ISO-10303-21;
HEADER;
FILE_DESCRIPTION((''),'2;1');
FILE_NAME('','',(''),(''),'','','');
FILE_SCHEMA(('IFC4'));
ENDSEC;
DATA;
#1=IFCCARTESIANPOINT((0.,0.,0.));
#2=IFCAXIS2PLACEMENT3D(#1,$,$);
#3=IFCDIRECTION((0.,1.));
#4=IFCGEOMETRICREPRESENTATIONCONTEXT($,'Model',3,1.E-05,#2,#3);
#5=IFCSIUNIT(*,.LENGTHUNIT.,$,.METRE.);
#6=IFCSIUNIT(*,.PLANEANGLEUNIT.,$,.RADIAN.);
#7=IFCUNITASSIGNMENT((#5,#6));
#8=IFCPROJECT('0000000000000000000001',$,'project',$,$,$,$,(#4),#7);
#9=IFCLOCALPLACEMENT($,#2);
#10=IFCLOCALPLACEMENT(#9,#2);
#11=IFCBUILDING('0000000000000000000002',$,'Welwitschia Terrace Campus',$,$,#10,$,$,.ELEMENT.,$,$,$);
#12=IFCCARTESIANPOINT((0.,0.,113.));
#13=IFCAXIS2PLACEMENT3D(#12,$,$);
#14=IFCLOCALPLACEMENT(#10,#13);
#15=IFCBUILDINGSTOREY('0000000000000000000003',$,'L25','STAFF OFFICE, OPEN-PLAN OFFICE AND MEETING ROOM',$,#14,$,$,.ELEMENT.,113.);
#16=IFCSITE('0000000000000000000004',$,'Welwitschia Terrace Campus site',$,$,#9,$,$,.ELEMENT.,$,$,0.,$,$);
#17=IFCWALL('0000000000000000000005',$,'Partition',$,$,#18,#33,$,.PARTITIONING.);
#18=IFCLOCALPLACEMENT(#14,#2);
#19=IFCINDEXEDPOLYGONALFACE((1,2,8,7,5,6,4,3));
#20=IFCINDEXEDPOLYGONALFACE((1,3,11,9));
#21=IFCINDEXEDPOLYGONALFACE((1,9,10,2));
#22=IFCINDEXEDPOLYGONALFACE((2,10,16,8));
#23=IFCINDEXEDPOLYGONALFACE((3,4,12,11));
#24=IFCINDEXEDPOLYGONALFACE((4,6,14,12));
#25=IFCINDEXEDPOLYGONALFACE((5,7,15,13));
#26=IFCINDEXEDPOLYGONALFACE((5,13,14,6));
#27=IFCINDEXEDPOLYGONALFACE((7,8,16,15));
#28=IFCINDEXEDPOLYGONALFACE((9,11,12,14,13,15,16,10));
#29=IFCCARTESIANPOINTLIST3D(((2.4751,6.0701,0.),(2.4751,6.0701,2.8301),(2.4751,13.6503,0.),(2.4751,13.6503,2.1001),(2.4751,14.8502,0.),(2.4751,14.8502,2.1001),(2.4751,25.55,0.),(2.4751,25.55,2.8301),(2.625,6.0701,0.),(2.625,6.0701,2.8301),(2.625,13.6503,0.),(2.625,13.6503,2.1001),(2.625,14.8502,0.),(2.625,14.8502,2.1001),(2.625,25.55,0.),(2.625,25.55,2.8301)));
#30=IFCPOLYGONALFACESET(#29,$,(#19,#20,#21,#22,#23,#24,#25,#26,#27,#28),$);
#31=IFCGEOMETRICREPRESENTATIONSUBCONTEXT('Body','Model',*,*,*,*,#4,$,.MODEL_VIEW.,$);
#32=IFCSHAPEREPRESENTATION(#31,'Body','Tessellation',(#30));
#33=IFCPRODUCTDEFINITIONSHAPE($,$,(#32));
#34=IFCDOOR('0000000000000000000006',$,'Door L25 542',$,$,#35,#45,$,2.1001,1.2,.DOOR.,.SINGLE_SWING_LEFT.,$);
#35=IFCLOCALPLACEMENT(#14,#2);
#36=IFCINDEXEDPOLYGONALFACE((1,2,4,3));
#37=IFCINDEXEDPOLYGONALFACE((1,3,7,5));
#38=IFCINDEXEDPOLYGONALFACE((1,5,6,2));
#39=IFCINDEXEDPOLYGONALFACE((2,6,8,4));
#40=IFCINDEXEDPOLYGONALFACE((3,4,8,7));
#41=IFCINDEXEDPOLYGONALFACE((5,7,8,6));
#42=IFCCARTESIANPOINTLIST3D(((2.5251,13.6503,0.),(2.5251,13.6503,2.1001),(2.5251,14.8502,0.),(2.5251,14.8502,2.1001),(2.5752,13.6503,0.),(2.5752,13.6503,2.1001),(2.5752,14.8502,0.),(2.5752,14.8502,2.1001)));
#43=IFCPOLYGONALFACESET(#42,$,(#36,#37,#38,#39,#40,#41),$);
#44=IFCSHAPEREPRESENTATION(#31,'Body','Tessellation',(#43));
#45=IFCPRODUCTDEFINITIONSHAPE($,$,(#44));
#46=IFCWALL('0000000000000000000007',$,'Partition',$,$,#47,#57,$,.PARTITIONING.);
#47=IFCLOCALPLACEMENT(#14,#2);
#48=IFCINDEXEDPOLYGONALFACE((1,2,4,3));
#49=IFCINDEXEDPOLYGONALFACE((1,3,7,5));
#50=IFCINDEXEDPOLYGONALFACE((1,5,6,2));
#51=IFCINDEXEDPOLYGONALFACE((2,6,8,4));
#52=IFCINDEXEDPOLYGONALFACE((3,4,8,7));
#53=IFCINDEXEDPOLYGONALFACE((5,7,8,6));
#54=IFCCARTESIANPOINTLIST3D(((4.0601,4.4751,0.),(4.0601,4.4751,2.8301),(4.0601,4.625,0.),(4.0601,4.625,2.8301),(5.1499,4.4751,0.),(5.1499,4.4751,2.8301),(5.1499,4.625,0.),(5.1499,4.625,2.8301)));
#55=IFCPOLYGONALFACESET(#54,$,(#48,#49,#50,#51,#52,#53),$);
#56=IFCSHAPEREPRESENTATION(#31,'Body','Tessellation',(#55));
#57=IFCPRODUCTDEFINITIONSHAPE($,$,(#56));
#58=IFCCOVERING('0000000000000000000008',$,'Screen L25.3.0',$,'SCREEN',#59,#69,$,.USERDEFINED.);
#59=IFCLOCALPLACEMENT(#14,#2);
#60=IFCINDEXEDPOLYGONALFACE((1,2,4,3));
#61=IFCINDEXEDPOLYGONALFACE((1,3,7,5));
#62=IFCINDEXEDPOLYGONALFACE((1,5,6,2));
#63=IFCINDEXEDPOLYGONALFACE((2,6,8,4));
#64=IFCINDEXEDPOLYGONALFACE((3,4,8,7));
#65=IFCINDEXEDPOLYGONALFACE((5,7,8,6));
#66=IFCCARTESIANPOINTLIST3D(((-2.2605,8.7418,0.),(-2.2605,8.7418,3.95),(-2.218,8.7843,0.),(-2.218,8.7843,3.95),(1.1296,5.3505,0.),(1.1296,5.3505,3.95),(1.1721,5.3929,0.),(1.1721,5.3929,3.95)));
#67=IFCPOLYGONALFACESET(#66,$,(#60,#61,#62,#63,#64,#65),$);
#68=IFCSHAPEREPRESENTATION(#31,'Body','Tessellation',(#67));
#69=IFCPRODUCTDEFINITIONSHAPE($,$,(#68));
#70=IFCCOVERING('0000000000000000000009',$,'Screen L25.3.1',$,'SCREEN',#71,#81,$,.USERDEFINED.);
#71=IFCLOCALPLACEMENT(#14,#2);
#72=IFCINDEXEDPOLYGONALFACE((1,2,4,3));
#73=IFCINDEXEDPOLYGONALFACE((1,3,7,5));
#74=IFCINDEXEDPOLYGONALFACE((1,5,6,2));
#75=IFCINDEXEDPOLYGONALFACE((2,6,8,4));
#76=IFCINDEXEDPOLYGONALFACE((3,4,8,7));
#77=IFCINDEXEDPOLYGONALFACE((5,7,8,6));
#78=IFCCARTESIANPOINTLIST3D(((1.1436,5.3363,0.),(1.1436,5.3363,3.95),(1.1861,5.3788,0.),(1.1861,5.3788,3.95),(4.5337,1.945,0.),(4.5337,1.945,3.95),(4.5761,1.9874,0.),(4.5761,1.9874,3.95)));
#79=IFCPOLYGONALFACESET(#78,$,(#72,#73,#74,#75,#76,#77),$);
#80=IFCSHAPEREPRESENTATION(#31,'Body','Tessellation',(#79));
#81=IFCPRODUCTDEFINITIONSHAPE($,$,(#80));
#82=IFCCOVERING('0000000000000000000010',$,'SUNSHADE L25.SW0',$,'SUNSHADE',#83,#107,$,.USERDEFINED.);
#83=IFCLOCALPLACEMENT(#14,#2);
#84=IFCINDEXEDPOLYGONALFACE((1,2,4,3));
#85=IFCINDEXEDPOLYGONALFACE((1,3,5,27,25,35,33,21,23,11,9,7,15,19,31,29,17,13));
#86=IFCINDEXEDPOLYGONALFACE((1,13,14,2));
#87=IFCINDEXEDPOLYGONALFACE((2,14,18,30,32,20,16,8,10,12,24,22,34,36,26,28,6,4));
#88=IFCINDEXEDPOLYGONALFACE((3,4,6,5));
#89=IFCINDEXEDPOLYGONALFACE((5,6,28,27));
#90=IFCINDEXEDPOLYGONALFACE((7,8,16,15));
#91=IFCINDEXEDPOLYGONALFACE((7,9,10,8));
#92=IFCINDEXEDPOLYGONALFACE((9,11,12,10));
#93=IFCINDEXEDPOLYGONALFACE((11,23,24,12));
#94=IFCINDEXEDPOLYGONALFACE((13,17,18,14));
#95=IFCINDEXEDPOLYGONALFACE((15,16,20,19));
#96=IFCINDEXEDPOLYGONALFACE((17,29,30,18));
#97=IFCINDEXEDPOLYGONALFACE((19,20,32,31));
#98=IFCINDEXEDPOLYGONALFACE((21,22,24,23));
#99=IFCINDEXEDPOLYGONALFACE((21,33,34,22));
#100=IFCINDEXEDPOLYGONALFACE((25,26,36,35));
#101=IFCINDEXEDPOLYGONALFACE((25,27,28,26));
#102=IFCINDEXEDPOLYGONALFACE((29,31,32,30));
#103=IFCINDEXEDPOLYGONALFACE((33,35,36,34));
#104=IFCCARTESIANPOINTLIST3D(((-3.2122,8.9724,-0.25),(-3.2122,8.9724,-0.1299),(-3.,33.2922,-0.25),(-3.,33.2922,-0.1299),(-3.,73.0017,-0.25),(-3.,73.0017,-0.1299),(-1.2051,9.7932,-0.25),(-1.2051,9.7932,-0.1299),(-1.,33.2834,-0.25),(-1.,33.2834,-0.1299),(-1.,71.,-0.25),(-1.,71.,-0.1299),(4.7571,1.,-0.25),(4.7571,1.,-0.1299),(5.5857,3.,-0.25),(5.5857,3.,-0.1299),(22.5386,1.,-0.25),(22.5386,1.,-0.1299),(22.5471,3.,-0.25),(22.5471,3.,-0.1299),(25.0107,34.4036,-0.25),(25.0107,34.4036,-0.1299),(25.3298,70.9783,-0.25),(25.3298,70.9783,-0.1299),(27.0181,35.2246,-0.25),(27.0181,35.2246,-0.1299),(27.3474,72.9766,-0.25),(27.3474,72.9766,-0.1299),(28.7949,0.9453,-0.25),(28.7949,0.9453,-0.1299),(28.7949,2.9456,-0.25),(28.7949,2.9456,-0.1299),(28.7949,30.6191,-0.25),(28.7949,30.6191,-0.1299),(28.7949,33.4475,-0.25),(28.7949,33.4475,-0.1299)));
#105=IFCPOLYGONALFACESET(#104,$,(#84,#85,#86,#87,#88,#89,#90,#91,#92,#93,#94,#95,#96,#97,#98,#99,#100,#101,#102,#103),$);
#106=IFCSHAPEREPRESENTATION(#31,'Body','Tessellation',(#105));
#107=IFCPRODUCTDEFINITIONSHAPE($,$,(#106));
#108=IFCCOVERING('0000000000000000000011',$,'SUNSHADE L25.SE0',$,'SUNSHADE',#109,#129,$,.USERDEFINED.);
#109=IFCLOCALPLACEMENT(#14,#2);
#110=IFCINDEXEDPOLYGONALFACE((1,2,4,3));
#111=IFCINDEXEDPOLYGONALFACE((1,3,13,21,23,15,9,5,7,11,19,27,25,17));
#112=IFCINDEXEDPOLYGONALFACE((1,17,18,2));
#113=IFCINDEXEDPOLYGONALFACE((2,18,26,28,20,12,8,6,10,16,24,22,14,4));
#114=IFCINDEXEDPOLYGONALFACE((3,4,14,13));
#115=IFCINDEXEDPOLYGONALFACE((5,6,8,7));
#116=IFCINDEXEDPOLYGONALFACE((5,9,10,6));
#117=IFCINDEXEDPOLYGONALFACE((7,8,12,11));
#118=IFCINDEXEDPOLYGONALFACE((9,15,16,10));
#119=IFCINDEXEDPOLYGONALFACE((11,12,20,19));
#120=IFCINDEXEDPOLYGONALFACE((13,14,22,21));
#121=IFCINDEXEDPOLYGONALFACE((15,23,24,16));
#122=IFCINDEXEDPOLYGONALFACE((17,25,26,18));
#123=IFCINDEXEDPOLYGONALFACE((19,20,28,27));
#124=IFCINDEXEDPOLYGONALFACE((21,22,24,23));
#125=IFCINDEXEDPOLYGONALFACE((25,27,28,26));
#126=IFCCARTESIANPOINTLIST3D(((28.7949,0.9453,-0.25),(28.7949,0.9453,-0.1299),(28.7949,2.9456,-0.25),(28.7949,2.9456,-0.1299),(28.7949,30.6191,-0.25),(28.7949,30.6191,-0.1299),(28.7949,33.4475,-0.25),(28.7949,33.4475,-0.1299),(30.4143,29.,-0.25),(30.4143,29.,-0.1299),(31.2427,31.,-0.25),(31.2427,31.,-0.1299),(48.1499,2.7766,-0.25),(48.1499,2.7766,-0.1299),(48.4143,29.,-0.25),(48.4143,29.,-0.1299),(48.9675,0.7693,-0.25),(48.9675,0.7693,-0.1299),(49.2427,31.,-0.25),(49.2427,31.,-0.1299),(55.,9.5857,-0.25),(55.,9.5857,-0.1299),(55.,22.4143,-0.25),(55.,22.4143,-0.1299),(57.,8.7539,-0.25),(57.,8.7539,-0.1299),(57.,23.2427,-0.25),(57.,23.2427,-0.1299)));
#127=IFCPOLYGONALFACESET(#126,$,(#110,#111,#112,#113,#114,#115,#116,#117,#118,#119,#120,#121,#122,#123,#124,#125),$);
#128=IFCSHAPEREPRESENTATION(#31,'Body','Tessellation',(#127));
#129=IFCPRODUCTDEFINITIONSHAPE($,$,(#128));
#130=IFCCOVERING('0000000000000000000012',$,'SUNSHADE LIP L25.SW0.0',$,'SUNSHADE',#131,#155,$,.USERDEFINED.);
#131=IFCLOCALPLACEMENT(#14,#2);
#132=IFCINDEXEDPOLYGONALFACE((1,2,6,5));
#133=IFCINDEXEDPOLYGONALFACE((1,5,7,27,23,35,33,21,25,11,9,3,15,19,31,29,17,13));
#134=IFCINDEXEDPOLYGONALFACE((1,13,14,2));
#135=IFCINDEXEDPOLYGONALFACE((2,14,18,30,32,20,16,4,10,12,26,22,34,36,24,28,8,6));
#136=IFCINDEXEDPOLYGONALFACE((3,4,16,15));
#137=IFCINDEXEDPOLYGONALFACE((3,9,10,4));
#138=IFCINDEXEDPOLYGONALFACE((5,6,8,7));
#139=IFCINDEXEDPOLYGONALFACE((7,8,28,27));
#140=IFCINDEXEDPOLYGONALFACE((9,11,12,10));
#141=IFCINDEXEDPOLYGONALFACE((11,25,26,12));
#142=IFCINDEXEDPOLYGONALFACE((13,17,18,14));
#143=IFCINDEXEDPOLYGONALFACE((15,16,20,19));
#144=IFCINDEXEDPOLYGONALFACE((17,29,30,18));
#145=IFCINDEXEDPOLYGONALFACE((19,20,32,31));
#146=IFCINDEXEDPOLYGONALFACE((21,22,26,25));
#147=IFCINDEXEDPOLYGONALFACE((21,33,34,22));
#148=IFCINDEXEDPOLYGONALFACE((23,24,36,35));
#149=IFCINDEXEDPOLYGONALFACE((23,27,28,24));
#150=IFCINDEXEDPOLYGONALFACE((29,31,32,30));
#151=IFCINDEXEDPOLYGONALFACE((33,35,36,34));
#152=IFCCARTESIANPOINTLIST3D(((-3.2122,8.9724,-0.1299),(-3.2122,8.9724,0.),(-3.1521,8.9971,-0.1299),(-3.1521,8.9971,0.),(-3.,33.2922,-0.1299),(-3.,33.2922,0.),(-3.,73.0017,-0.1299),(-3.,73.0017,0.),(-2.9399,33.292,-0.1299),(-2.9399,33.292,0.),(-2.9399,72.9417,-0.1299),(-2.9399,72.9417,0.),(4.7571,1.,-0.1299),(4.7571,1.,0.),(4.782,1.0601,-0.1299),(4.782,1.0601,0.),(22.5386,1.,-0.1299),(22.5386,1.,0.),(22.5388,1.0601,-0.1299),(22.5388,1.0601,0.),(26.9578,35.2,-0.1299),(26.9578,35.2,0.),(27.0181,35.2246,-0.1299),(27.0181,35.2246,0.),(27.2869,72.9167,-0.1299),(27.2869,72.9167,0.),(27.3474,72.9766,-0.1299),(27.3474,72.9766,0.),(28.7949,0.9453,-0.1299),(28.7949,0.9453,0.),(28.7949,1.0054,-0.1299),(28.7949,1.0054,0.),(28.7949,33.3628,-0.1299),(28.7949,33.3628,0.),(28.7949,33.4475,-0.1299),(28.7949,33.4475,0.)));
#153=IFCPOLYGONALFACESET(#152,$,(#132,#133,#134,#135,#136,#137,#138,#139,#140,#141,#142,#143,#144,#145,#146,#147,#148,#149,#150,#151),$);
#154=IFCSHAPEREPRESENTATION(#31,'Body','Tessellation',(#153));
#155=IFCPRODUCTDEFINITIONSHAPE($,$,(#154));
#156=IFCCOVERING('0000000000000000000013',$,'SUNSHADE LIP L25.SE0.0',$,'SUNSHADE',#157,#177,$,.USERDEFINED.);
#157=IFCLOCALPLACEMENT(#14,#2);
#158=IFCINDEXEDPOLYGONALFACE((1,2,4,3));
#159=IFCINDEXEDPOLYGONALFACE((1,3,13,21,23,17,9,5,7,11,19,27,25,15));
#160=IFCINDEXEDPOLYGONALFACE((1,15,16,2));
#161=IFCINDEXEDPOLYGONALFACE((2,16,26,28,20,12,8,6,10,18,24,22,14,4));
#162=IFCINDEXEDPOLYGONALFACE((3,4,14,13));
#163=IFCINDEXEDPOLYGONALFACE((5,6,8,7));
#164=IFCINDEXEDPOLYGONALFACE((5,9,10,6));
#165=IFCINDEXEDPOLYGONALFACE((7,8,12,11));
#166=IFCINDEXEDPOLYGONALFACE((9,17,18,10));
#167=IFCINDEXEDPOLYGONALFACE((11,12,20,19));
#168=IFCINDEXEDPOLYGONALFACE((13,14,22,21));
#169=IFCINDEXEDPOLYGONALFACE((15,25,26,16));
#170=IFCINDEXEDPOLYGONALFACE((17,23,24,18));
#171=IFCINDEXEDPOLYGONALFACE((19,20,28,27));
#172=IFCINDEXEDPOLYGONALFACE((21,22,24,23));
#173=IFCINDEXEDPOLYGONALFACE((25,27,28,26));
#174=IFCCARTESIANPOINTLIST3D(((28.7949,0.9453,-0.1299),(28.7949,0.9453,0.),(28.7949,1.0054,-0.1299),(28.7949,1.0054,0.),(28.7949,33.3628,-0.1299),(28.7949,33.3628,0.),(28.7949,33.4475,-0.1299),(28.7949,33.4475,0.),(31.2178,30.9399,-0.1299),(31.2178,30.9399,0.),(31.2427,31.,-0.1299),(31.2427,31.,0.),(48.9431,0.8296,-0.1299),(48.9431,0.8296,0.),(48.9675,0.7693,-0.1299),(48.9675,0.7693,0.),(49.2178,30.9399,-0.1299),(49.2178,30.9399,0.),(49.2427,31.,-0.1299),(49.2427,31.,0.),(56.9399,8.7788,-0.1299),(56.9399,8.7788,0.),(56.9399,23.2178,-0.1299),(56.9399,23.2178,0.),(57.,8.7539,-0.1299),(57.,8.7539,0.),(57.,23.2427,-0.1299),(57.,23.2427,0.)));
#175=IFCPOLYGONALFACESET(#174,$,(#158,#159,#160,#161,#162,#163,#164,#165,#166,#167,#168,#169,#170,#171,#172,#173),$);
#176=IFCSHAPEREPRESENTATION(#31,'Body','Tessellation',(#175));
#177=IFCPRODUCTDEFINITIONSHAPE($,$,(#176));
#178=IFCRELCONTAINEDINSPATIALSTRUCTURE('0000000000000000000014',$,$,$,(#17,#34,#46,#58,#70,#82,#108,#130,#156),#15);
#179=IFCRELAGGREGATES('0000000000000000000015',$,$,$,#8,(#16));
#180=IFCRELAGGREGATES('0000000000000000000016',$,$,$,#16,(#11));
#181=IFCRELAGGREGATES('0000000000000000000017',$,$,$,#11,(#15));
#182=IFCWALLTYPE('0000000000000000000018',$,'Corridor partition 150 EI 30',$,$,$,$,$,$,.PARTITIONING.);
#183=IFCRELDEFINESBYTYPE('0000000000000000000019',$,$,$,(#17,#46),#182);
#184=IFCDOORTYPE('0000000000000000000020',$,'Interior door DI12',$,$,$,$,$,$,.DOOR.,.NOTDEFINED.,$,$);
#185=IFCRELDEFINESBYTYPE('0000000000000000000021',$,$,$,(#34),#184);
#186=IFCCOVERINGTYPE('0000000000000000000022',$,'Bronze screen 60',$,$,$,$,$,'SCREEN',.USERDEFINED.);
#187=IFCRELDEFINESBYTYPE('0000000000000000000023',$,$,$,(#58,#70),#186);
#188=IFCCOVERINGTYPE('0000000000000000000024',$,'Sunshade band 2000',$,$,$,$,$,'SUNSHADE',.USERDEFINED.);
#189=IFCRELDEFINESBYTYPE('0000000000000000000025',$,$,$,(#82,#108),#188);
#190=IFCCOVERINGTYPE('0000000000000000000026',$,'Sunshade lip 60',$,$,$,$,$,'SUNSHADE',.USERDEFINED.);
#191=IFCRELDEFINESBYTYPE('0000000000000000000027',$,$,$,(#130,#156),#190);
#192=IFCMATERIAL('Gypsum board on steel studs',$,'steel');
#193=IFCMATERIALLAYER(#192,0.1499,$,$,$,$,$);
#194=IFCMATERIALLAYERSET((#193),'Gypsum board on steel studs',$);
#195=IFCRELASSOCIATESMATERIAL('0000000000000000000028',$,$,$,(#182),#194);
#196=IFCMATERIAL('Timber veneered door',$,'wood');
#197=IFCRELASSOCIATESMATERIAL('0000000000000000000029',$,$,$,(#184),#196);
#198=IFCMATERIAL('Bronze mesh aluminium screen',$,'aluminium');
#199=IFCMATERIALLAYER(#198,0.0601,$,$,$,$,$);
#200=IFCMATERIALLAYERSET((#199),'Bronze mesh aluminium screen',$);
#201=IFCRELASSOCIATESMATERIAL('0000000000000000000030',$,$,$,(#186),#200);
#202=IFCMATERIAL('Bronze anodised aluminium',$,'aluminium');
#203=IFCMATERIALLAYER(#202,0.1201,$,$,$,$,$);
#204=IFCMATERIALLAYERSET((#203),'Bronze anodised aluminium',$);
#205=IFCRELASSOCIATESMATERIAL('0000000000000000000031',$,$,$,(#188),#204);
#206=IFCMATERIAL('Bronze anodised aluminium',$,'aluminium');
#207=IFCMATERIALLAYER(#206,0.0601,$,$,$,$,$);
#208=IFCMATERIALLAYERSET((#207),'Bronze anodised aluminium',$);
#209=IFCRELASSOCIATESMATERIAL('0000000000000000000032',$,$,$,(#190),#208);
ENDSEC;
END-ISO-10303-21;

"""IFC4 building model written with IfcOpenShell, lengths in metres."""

from ifc_helpers import new_model, si_unit, direction, frame, frame_2d, origin, origin_2d, place, context, subcontext, project, spatial, polyline, rectangle, outline, extrude, material, layer, layer_set, type_object, element, fill, save


model = new_model("IFC4")

# Units and contexts
model_context = context("Model", 3, precision=1e-05, world=origin(), true_north=direction((0.0, 1.0)))
body_context = subcontext(model_context, "Body", "Model", "MODEL_VIEW")
ifc_project = project(units=[si_unit("LENGTHUNIT", "METRE"), si_unit("PLANEANGLEUNIT", "RADIAN")], contexts=[model_context])

# Site, building, storey
site_placement = place(None, origin())
site = spatial("IfcSite", under=ifc_project, at=site_placement, Name="Welwitschia Terrace Campus site", CompositionType="ELEMENT", RefElevation=0.0)
building_placement = place(site_placement, origin())
building = spatial("IfcBuilding", under=site, at=building_placement, Name="Welwitschia Terrace Campus", CompositionType="ELEMENT")
storey_placement = place(building_placement, frame((0.0, 0.0, 113.0)))
storey = spatial("IfcBuildingStorey", under=building, at=storey_placement, Name="L25", Description="STAFF OFFICE, OPEN-PLAN OFFICE AND MEETING ROOM", CompositionType="ELEMENT", Elevation=113.0)

# Wall, opening, door
ifc_material_1 = material(Name="Gypsum board on steel studs", Category="steel")
ifc_layer_1 = layer(ifc_material_1, 0.1499)
ifc_layer_set_1 = layer_set([ifc_layer_1], Name="Gypsum board on steel studs")
wall_type_1 = type_object("IfcWallType", Name="Corridor partition 150 EI 30", PredefinedType="PARTITIONING", material=ifc_layer_set_1)
wall_1_placement = place(storey_placement, frame((2.55, 6.0701, 0.0), z_axis=(0.0, 0.0, 1.0), x_axis=(0.0, 1.0, 0.0)))
wall_1 = element("IfcWall", 1, at=wall_1_placement, inside=storey, type_object=wall_type_1, Name="Partition", PredefinedType="PARTITIONING", context=body_context, shape_type="SweptSolid", body=[
    extrude(rectangle(XDim=19.48, YDim=0.1499, at=frame_2d((9.74, 0.0))), origin(), (0.0, 0.0, 1.0), 2.8301),
])
opening_1_placement = place(wall_1_placement, frame((7.5801, 0.0, 0.0)))
opening_1 = element("IfcOpeningElement", 2, at=opening_1_placement, cuts=wall_1, PredefinedType="OPENING", context=body_context, shape_type="SweptSolid", body=[
    extrude(rectangle(XDim=1.2, YDim=2.1001, at=frame_2d((0.6001, 1.05))), frame((0.0, 0.085, 0.0), z_axis=(0.0, -1.0, 0.0), x_axis=(1.0, 0.0, 0.0)), (0.0, 0.0, 1.0), 0.1699),
])
ifc_material_2 = material(Name="Timber veneered door", Category="wood")
door_type_1 = type_object("IfcDoorType", Name="Interior door DI12", OperationType="NOTDEFINED", PredefinedType="DOOR", material=ifc_material_2)
door_1_placement = place(opening_1_placement, origin())
door_1 = element("IfcDoor", 3, at=door_1_placement, inside=storey, type_object=door_type_1, Name="Door L25 542", OperationType="SINGLE_SWING_LEFT", OverallHeight=2.1001, OverallWidth=1.2, PredefinedType="DOOR", context=body_context, shape_type="SweptSolid", body=[
    extrude(rectangle(XDim=1.2, YDim=2.1001, at=frame_2d((0.6001, 1.05))), frame((0.0, 0.0249, 0.0), z_axis=(0.0, -1.0, 0.0), x_axis=(1.0, 0.0, 0.0)), (0.0, 0.0, 1.0), 0.05),
])
fill(opening_1, door_1)

# Wall
wall_2_placement = place(storey_placement, frame((4.0601, 4.55, 0.0), z_axis=(0.0, 0.0, 1.0), x_axis=(1.0, 0.0, 0.0)))
element("IfcWall", 4, at=wall_2_placement, inside=storey, type_object=wall_type_1, Name="Partition", PredefinedType="PARTITIONING", context=body_context, shape_type="SweptSolid", body=[
    extrude(rectangle(XDim=1.0898, YDim=0.1499, at=frame_2d((0.5449, 0.0))), origin(), (0.0, 0.0, 1.0), 2.8301),
])

# Coverings
ifc_material_3 = material(Name="Bronze mesh aluminium screen", Category="aluminium")
ifc_layer_2 = layer(ifc_material_3, 0.0601)
ifc_layer_set_2 = layer_set([ifc_layer_2], Name="Bronze mesh aluminium screen")
covering_type_1 = type_object("IfcCoveringType", Name="Bronze screen 60", ElementType="SCREEN", PredefinedType="USERDEFINED", material=ifc_layer_set_2)
for number, where, z_axis, x_axis, name in (
    (5, (-0.5442, 7.0674, 0.0), (0.0, 0.0, 1.0), (0.706975, -0.707239, 0.0), "Screen L25.3.0"),
    (6, (2.8599, 3.6619, 0.0), (0.0, 0.0, 1.0), (0.706975, -0.707239, 0.0), "Screen L25.3.1"),
):
    element("IfcCovering", number, at=place(storey_placement, frame(where, z_axis=z_axis, x_axis=x_axis)), inside=storey, type_object=covering_type_1, Name=name, ObjectType="SCREEN", PredefinedType="USERDEFINED", context=body_context, shape_type="SweptSolid", body=[
        extrude(rectangle(XDim=4.7952, YDim=0.0601, at=origin_2d()), origin(), (0.0, 0.0, 1.0), 3.95),
    ])
ifc_material_4 = material(Name="Bronze anodised aluminium", Category="aluminium")
ifc_layer_3 = layer(ifc_material_4, 0.1201)
ifc_layer_set_3 = layer_set([ifc_layer_3], Name="Bronze anodised aluminium")
covering_type_2 = type_object("IfcCoveringType", Name="Sunshade band 2000", ElementType="SUNSHADE", PredefinedType="USERDEFINED", material=ifc_layer_set_3)
covering_1_placement = place(storey_placement, frame((0.0, 0.0, -0.25)))
element("IfcCovering", 7, at=covering_1_placement, inside=storey, type_object=covering_type_2, Name="SUNSHADE L25.SW0", ObjectType="SUNSHADE", PredefinedType="USERDEFINED", context=body_context, shape_type="SweptSolid", body=[
    extrude(outline(polyline([(28.7949, 33.4475), (28.7949, 30.6191), (25.0107, 34.4036), (25.3298, 70.9783), (-1.0, 71.0), (-1.0, 33.2834), (-1.2051, 9.7932), (5.5857, 3.0), (22.5471, 3.0), (28.7949, 2.9456), (28.7949, 0.9453), (22.5386, 1.0), (4.7571, 1.0), (-3.2122, 8.9724), (-3.0, 33.2922), (-3.0, 73.0017), (27.3474, 72.9766), (27.0181, 35.2246), (28.7949, 33.4475)])), origin(), (0.0, 0.0, 1.0), 0.1201),
])
covering_2_placement = place(storey_placement, frame((0.0, 0.0, -0.25)))
element("IfcCovering", 8, at=covering_2_placement, inside=storey, type_object=covering_type_2, Name="SUNSHADE L25.SE0", ObjectType="SUNSHADE", PredefinedType="USERDEFINED", context=body_context, shape_type="SweptSolid", body=[
    extrude(outline(polyline([(31.2427, 31.0), (49.2427, 31.0), (57.0, 23.2427), (57.0, 8.7539), (48.9675, 0.7693), (28.7949, 0.9453), (28.7949, 2.9456), (48.1499, 2.7766), (55.0, 9.5857), (55.0, 22.4143), (48.4143, 29.0), (30.4143, 29.0), (28.7949, 30.6191), (28.7949, 33.4475), (31.2427, 31.0)])), origin(), (0.0, 0.0, 1.0), 0.1201),
])
ifc_material_5 = material(Name="Bronze anodised aluminium", Category="aluminium")
ifc_layer_4 = layer(ifc_material_5, 0.0601)
ifc_layer_set_4 = layer_set([ifc_layer_4], Name="Bronze anodised aluminium")
covering_type_3 = type_object("IfcCoveringType", Name="Sunshade lip 60", ElementType="SUNSHADE", PredefinedType="USERDEFINED", material=ifc_layer_set_4)
covering_3_placement = place(storey_placement, frame((0.0, 0.0, -0.1299)))
element("IfcCovering", 9, at=covering_3_placement, inside=storey, type_object=covering_type_3, Name="SUNSHADE LIP L25.SW0.0", ObjectType="SUNSHADE", PredefinedType="USERDEFINED", context=body_context, shape_type="SweptSolid", body=[
    extrude(outline(polyline([(28.7949, 33.3628), (26.9578, 35.2), (27.2869, 72.9167), (-2.9399, 72.9417), (-2.9399, 33.292), (-3.1521, 8.9971), (4.782, 1.0601), (22.5388, 1.0601), (28.7949, 1.0054), (28.7949, 0.9453), (22.5386, 1.0), (4.7571, 1.0), (-3.2122, 8.9724), (-3.0, 33.2922), (-3.0, 73.0017), (27.3474, 72.9766), (27.0181, 35.2246), (28.7949, 33.4475), (28.7949, 33.3628)])), origin(), (0.0, 0.0, 1.0), 0.1299),
])
covering_4_placement = place(storey_placement, frame((0.0, 0.0, -0.1299)))
element("IfcCovering", 10, at=covering_4_placement, inside=storey, type_object=covering_type_3, Name="SUNSHADE LIP L25.SE0.0", ObjectType="SUNSHADE", PredefinedType="USERDEFINED", context=body_context, shape_type="SweptSolid", body=[
    extrude(outline(polyline([(49.2427, 31.0), (57.0, 23.2427), (57.0, 8.7539), (48.9675, 0.7693), (28.7949, 0.9453), (28.7949, 1.0054), (48.9431, 0.8296), (56.9399, 8.7788), (56.9399, 23.2178), (49.2178, 30.9399), (31.2178, 30.9399), (28.7949, 33.3628), (28.7949, 33.4475), (31.2427, 31.0), (49.2427, 31.0)])), origin(), (0.0, 0.0, 1.0), 0.1299),
])

save(model, "model.ifc")
